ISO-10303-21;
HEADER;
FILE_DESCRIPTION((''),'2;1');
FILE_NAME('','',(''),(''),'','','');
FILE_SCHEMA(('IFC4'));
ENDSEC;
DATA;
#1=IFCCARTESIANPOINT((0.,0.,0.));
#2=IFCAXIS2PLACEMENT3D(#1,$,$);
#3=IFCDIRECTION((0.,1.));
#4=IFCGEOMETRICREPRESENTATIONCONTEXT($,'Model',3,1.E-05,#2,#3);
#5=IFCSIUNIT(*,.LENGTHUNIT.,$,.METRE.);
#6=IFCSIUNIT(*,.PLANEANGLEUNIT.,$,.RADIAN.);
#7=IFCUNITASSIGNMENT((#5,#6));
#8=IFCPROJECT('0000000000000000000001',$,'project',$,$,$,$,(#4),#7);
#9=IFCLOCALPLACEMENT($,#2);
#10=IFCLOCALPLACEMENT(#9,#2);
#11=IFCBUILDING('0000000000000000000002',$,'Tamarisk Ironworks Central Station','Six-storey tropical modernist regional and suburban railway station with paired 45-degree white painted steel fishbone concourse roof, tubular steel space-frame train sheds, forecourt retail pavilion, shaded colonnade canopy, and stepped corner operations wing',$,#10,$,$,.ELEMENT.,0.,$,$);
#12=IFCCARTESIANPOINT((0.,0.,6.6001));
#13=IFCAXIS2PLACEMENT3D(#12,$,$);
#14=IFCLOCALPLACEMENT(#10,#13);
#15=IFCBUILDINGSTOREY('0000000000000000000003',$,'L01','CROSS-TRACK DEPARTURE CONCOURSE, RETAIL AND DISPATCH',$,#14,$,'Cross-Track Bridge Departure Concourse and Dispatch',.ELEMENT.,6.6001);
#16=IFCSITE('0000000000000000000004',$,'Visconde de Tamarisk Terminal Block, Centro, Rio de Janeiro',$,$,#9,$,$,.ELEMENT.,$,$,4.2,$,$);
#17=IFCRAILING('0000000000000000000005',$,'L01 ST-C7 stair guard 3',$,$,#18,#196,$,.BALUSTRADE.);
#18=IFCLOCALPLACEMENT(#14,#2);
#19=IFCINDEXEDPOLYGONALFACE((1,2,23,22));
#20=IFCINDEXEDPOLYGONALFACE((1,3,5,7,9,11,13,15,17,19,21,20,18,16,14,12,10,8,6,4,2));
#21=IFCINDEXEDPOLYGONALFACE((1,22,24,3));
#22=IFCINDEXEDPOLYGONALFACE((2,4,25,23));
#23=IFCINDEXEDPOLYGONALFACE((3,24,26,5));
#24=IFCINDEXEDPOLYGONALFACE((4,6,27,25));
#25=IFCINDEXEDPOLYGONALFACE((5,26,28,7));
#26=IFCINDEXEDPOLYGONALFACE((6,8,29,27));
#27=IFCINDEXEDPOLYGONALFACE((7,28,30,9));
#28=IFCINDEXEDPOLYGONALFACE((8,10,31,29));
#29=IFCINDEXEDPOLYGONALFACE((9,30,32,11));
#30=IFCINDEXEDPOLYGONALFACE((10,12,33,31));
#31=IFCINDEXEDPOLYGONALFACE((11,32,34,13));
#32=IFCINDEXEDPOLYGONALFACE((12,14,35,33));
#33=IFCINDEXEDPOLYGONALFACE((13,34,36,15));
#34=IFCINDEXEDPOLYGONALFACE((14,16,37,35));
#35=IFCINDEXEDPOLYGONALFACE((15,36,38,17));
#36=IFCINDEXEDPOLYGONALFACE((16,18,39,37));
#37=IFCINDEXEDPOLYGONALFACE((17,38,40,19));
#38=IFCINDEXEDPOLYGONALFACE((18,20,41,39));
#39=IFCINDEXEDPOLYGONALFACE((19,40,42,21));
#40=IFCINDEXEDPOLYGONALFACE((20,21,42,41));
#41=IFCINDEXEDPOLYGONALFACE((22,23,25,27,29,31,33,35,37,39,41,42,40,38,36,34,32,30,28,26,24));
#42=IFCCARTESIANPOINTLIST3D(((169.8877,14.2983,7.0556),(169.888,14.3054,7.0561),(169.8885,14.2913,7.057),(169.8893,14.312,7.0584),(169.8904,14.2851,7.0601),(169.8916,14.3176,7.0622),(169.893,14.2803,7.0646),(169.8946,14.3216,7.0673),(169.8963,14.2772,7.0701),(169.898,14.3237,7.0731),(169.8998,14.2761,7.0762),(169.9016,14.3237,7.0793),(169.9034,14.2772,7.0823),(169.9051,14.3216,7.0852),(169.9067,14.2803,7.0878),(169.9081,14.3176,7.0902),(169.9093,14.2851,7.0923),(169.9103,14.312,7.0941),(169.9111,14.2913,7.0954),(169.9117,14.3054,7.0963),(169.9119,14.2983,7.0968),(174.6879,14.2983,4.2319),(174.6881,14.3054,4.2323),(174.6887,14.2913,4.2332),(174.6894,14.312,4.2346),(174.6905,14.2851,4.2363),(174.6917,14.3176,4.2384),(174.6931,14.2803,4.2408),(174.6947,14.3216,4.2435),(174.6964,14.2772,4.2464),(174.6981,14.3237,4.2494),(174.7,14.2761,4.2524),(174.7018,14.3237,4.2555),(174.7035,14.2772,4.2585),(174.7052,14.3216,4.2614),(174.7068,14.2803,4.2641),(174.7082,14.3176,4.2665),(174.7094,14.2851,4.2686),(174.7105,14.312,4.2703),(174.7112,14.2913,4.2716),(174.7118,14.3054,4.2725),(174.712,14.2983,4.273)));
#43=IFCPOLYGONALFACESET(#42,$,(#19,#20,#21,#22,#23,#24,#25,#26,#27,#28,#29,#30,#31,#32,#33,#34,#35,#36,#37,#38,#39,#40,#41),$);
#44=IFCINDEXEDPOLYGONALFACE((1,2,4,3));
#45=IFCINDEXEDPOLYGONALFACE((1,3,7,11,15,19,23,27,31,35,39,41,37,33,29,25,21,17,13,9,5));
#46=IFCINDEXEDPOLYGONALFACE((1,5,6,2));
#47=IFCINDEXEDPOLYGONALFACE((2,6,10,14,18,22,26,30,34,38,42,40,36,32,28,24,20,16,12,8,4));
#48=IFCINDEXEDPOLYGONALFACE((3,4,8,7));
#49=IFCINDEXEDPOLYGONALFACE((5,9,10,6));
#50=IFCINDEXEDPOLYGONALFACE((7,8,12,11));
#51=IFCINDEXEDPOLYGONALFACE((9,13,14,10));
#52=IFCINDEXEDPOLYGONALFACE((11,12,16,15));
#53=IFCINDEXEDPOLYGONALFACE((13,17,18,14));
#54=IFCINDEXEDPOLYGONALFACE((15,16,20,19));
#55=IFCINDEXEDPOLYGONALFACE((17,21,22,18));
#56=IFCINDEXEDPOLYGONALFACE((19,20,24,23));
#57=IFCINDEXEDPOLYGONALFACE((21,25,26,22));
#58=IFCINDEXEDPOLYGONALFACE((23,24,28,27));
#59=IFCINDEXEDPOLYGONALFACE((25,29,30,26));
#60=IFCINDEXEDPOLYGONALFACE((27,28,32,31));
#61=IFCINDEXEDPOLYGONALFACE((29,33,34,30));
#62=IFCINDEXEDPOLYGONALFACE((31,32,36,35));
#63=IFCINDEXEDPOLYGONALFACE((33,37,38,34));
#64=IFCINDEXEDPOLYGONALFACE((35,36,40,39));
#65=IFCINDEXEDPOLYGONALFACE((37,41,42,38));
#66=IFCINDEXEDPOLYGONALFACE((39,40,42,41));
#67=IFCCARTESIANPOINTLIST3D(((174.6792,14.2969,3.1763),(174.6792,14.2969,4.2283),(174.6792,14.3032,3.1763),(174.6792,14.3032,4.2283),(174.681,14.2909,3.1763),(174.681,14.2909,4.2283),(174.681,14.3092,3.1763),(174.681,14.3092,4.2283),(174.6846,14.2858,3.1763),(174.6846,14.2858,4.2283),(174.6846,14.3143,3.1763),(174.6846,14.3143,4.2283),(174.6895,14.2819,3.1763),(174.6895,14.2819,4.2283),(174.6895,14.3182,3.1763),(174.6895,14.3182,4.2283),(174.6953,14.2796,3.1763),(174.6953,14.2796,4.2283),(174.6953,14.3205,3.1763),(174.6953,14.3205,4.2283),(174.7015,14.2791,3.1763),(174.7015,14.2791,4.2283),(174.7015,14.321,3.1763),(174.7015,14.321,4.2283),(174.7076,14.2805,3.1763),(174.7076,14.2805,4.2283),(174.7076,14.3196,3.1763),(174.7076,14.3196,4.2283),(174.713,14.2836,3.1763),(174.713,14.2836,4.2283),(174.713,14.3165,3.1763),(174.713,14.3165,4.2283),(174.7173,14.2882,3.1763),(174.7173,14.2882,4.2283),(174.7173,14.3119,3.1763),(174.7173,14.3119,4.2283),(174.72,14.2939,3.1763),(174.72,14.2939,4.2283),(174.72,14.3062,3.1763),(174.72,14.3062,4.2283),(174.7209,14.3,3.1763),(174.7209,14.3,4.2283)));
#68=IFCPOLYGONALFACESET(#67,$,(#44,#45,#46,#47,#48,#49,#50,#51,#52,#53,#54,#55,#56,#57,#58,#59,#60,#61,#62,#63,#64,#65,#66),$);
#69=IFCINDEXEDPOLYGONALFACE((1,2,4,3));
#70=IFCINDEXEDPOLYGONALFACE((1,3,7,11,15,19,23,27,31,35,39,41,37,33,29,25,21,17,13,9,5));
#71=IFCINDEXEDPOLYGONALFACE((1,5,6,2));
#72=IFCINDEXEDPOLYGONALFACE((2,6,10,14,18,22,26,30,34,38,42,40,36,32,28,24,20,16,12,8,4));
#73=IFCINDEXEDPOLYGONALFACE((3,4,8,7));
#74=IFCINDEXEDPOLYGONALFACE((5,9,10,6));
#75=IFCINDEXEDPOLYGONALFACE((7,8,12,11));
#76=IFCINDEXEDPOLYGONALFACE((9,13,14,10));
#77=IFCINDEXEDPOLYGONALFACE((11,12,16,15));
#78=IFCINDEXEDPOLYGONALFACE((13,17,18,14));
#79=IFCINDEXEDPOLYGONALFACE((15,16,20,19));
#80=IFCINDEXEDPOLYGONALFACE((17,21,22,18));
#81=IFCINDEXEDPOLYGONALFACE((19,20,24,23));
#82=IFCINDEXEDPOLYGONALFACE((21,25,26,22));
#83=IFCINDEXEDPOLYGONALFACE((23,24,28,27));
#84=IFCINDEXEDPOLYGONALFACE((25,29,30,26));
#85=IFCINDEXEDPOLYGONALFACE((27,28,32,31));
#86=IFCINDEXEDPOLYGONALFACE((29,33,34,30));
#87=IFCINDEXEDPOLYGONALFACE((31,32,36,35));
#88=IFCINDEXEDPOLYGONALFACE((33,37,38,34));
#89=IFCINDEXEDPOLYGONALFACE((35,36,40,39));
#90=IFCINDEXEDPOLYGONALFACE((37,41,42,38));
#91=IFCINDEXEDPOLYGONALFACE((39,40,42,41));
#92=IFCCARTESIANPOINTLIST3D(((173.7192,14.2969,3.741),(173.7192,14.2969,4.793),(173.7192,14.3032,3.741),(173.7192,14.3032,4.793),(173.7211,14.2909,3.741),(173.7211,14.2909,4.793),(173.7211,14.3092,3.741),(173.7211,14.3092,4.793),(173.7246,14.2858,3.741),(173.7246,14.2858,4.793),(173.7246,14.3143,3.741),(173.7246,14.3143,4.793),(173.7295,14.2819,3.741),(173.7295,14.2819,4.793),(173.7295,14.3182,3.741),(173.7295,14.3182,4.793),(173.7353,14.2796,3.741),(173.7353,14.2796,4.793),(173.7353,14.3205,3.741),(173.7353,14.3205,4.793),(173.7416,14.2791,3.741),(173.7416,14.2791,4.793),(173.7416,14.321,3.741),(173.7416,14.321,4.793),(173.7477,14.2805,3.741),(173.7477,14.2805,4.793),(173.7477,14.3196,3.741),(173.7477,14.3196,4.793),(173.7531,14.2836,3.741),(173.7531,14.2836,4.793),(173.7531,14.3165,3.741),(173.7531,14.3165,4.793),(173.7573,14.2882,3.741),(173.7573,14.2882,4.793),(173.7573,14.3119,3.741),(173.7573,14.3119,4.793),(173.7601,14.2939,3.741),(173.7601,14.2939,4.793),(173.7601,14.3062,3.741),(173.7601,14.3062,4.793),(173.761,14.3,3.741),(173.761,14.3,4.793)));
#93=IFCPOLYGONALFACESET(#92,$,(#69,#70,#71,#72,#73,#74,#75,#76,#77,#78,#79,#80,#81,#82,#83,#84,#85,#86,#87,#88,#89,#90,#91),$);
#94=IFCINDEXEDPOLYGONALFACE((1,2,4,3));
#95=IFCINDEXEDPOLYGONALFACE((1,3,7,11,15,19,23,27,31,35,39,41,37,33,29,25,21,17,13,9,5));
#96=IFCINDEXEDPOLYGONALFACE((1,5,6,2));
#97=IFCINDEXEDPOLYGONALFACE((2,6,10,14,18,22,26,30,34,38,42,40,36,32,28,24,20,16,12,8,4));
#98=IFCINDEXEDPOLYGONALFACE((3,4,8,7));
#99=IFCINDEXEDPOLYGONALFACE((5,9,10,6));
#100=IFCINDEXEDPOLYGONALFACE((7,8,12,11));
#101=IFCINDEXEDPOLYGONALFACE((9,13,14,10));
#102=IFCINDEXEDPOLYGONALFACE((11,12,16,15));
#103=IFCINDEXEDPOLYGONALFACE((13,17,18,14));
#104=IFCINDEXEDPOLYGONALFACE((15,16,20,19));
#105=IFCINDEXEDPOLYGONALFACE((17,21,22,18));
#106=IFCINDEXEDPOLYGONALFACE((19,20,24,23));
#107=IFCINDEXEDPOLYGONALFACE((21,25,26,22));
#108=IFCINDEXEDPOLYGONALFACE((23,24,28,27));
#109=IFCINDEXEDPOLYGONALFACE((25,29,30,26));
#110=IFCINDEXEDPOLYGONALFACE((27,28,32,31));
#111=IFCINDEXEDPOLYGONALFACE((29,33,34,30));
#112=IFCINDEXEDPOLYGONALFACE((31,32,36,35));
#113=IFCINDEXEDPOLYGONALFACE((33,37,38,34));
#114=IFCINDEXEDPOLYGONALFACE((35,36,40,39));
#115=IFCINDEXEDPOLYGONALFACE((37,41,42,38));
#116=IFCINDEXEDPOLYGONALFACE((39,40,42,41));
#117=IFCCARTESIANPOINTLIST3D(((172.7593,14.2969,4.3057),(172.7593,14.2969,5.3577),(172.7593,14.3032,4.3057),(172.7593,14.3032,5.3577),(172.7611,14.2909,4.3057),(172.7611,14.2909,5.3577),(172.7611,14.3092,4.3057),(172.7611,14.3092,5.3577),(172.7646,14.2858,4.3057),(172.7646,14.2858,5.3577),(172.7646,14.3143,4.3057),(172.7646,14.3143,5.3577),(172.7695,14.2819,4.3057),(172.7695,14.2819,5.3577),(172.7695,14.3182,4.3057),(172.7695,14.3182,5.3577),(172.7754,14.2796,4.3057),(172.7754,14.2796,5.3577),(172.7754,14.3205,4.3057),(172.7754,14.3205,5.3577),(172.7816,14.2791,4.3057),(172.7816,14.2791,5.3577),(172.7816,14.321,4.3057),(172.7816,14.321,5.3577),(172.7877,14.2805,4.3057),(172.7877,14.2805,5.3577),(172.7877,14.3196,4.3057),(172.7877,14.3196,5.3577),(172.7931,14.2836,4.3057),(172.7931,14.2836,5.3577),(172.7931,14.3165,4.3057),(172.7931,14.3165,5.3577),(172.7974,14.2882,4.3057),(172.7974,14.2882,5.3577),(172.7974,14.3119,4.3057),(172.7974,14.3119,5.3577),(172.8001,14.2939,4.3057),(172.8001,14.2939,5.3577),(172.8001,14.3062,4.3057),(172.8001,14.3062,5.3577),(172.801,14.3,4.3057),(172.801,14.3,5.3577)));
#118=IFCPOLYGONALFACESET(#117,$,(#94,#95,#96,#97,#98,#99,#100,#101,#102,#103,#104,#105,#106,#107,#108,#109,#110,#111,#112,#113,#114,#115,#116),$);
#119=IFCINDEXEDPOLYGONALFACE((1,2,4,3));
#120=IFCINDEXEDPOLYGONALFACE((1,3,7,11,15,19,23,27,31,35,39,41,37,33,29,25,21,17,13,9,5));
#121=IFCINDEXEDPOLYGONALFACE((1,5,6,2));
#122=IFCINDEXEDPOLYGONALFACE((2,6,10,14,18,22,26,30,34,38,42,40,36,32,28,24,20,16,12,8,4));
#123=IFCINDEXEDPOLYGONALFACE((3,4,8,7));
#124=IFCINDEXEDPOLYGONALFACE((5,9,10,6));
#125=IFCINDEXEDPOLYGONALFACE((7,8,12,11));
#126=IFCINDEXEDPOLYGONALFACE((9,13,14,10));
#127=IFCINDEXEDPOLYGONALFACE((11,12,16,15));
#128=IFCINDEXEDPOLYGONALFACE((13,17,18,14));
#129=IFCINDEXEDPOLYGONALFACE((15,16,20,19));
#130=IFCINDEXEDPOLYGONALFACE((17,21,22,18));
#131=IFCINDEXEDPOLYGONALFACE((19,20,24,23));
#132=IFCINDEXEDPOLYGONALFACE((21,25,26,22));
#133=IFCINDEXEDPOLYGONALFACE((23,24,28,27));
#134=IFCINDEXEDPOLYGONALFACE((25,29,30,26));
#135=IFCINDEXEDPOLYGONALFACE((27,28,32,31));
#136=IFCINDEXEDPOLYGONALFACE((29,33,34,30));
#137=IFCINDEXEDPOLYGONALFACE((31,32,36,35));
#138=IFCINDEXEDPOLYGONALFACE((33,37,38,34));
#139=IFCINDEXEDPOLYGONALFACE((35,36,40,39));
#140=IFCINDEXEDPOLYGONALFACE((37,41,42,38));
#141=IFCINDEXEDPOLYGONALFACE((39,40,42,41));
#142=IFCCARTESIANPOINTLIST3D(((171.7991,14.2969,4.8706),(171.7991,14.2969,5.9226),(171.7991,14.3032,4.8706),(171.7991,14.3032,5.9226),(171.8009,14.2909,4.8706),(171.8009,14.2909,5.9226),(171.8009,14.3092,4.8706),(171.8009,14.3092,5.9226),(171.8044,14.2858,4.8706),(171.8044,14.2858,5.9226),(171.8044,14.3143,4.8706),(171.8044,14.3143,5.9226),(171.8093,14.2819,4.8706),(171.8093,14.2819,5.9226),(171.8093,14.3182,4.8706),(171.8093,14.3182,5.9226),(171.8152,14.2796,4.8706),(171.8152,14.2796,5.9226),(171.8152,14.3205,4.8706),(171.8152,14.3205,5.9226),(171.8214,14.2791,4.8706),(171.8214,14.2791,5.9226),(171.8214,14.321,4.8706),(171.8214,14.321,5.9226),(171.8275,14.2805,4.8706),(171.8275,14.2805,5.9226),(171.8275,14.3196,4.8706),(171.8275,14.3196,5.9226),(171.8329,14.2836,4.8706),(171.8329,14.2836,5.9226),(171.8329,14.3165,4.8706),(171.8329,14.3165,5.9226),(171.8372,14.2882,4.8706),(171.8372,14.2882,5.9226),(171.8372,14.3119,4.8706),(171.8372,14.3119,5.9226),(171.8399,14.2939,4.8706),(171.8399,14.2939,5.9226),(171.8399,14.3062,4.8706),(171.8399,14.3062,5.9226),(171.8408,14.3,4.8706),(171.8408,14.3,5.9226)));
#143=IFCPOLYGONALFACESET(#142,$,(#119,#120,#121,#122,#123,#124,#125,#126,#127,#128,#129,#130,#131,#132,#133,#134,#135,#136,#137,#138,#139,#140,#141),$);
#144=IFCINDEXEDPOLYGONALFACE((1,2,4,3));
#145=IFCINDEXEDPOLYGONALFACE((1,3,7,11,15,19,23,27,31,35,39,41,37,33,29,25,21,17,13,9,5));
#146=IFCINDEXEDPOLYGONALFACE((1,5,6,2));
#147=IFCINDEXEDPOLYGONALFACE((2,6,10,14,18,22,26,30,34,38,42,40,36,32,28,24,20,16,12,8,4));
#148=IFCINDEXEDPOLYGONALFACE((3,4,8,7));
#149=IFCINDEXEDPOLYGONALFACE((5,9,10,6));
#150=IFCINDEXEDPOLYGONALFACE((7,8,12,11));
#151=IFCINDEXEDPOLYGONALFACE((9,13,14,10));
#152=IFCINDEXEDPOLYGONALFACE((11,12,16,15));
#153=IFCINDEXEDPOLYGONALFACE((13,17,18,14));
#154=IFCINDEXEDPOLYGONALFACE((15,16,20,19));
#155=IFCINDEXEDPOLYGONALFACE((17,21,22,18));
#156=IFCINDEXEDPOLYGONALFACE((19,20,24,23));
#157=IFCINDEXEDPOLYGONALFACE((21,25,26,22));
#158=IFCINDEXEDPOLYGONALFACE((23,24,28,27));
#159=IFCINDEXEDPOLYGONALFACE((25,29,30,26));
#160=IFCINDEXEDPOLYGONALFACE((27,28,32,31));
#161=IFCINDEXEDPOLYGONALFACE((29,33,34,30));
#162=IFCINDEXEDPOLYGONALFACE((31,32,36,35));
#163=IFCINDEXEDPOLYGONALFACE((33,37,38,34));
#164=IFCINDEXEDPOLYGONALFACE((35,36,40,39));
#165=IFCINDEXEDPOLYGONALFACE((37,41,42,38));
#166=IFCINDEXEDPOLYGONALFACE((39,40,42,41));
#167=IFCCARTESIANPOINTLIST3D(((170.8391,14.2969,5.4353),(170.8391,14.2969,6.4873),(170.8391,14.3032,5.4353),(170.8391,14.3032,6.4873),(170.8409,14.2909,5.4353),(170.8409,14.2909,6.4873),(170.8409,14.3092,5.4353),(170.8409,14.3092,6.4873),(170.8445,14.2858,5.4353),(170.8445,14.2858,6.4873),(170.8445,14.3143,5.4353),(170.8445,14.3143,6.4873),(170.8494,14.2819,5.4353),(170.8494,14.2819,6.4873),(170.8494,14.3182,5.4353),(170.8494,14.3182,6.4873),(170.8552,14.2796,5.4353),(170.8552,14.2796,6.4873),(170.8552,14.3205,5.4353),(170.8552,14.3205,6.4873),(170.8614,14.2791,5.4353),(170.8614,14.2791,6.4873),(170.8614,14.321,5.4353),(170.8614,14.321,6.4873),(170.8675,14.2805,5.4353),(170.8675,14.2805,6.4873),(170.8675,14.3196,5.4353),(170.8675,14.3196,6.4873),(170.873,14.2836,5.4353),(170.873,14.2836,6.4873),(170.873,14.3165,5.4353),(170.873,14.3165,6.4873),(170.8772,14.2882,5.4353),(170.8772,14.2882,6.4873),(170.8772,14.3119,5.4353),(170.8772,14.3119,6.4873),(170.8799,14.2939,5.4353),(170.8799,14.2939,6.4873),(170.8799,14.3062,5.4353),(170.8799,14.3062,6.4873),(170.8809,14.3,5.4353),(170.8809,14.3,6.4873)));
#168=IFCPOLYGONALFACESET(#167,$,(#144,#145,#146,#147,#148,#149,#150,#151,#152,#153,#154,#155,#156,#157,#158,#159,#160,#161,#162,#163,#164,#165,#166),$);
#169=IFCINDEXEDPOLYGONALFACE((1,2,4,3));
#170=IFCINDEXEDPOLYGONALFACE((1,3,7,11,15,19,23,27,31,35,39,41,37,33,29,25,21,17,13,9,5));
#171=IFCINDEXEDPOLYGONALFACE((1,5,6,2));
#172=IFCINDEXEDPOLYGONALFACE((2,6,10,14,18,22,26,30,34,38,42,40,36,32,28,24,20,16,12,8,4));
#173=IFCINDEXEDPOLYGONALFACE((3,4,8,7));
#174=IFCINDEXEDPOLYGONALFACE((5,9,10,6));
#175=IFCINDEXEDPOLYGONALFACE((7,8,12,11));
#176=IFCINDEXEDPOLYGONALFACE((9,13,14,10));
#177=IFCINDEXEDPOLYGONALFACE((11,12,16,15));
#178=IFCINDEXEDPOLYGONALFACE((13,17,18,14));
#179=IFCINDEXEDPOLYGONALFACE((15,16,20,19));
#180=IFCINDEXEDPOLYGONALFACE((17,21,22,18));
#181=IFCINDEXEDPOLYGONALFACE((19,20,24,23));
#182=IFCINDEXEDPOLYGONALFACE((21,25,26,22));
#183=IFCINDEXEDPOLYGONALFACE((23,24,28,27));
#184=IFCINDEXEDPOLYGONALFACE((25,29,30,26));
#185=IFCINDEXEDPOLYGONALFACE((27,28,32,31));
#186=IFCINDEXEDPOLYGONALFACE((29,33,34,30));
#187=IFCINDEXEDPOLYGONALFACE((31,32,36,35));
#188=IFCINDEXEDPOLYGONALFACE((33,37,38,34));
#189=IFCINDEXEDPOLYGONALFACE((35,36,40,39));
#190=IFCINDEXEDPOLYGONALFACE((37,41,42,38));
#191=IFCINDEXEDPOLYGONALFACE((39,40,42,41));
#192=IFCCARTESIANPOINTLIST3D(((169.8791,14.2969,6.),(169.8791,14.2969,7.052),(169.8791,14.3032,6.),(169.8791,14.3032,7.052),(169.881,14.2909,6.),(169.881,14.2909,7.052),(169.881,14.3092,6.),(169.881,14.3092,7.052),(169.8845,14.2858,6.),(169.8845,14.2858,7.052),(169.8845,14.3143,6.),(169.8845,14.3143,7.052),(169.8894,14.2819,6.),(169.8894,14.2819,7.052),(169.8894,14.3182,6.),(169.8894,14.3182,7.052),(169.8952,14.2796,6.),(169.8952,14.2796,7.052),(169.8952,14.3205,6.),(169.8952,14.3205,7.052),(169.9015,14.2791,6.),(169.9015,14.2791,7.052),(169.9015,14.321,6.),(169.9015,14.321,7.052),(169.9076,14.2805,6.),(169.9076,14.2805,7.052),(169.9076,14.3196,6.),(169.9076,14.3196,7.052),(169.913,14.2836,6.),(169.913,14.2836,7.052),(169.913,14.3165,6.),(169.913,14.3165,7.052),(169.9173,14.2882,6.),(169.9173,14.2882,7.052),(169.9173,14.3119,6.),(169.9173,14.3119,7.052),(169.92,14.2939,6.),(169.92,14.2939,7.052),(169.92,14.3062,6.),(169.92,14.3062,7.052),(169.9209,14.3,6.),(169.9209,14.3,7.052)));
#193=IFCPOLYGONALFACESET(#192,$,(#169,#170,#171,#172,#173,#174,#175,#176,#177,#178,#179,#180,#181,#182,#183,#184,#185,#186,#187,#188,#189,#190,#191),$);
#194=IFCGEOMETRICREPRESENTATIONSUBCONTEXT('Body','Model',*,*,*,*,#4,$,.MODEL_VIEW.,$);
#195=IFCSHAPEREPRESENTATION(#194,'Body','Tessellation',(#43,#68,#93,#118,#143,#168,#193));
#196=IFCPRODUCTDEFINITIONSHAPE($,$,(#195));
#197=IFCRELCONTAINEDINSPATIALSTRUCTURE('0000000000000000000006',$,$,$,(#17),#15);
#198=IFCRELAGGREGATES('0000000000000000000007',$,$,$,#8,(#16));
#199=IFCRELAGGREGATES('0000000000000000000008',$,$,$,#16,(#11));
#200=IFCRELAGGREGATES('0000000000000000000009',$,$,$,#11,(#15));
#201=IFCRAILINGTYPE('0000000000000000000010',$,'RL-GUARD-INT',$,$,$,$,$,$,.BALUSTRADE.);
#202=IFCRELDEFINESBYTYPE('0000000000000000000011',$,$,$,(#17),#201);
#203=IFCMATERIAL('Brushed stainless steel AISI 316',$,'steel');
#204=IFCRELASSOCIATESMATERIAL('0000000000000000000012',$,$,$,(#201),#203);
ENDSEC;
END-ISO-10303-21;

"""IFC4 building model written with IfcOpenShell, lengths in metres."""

from ifc_helpers import new_model, si_unit, direction, frame, origin, origin_2d, place, context, subcontext, project, spatial, circle, extrude, material, type_object, element, save


model = new_model("IFC4")

# Units and contexts
model_context = context("Model", 3, precision=1e-05, world=origin(), true_north=direction((0.0, 1.0)))
body_context = subcontext(model_context, "Body", "Model", "MODEL_VIEW")
ifc_project = project(units=[si_unit("LENGTHUNIT", "METRE"), si_unit("PLANEANGLEUNIT", "RADIAN")], contexts=[model_context])

# Site, building, storey
site_placement = place(None, origin())
site = spatial("IfcSite", under=ifc_project, at=site_placement, Name="Visconde de Tamarisk Terminal Block, Centro, Rio de Janeiro", CompositionType="ELEMENT", RefElevation=4.2)
building_placement = place(site_placement, origin())
building = spatial("IfcBuilding", under=site, at=building_placement, Name="Tamarisk Ironworks Central Station", Description="Six-storey tropical modernist regional and suburban railway station with paired 45-degree white painted steel fishbone concourse roof, tubular steel space-frame train sheds, forecourt retail pavilion, shaded colonnade canopy, and stepped corner operations wing", CompositionType="ELEMENT", ElevationOfRefHeight=0.0)
storey_placement = place(building_placement, frame((0.0, 0.0, 6.6001)))
storey = spatial("IfcBuildingStorey", under=building, at=storey_placement, Name="L01", Description="CROSS-TRACK DEPARTURE CONCOURSE, RETAIL AND DISPATCH", LongName="Cross-Track Bridge Departure Concourse and Dispatch", CompositionType="ELEMENT", Elevation=6.6001)

# Railing
ifc_material_1 = material(Name="Brushed stainless steel AISI 316", Category="steel")
railing_type_1 = type_object("IfcRailingType", Name="RL-GUARD-INT", PredefinedType="BALUSTRADE", material=ifc_material_1)
railing_1_placement = place(storey_placement, frame((174.7, 14.3, 3.1763)))
element("IfcRailing", 1, at=railing_1_placement, inside=storey, type_object=railing_type_1, Name="L01 ST-C7 stair guard 3", PredefinedType="BALUSTRADE", context=body_context, shape_type="SweptSolid", body=[
    extrude(circle(Radius=0.0239, at=origin_2d()), frame((0.0, 0.0, 1.0762), z_axis=(-0.861921, 0.0, 0.507043), x_axis=(0.0, -1.0, 0.0)), (0.0, 0.0, 1.0), 5.5691),
    extrude(circle(Radius=0.021, at=origin_2d()), origin(), (0.0, 0.0, 1.0), 1.052),
    extrude(circle(Radius=0.021, at=origin_2d()), frame((-0.96, 0.0, 0.5647)), (0.0, 0.0, 1.0), 1.052),
    extrude(circle(Radius=0.021, at=origin_2d()), frame((-1.9199, 0.0, 1.1294)), (0.0, 0.0, 1.0), 1.052),
    extrude(circle(Radius=0.021, at=origin_2d()), frame((-2.8801, 0.0, 1.6943)), (0.0, 0.0, 1.0), 1.052),
    extrude(circle(Radius=0.021, at=origin_2d()), frame((-3.8401, 0.0, 2.259)), (0.0, 0.0, 1.0), 1.052),
    extrude(circle(Radius=0.021, at=origin_2d()), frame((-4.8, 0.0, 2.8237)), (0.0, 0.0, 1.0), 1.052),
])

save(model, "model.ifc")
